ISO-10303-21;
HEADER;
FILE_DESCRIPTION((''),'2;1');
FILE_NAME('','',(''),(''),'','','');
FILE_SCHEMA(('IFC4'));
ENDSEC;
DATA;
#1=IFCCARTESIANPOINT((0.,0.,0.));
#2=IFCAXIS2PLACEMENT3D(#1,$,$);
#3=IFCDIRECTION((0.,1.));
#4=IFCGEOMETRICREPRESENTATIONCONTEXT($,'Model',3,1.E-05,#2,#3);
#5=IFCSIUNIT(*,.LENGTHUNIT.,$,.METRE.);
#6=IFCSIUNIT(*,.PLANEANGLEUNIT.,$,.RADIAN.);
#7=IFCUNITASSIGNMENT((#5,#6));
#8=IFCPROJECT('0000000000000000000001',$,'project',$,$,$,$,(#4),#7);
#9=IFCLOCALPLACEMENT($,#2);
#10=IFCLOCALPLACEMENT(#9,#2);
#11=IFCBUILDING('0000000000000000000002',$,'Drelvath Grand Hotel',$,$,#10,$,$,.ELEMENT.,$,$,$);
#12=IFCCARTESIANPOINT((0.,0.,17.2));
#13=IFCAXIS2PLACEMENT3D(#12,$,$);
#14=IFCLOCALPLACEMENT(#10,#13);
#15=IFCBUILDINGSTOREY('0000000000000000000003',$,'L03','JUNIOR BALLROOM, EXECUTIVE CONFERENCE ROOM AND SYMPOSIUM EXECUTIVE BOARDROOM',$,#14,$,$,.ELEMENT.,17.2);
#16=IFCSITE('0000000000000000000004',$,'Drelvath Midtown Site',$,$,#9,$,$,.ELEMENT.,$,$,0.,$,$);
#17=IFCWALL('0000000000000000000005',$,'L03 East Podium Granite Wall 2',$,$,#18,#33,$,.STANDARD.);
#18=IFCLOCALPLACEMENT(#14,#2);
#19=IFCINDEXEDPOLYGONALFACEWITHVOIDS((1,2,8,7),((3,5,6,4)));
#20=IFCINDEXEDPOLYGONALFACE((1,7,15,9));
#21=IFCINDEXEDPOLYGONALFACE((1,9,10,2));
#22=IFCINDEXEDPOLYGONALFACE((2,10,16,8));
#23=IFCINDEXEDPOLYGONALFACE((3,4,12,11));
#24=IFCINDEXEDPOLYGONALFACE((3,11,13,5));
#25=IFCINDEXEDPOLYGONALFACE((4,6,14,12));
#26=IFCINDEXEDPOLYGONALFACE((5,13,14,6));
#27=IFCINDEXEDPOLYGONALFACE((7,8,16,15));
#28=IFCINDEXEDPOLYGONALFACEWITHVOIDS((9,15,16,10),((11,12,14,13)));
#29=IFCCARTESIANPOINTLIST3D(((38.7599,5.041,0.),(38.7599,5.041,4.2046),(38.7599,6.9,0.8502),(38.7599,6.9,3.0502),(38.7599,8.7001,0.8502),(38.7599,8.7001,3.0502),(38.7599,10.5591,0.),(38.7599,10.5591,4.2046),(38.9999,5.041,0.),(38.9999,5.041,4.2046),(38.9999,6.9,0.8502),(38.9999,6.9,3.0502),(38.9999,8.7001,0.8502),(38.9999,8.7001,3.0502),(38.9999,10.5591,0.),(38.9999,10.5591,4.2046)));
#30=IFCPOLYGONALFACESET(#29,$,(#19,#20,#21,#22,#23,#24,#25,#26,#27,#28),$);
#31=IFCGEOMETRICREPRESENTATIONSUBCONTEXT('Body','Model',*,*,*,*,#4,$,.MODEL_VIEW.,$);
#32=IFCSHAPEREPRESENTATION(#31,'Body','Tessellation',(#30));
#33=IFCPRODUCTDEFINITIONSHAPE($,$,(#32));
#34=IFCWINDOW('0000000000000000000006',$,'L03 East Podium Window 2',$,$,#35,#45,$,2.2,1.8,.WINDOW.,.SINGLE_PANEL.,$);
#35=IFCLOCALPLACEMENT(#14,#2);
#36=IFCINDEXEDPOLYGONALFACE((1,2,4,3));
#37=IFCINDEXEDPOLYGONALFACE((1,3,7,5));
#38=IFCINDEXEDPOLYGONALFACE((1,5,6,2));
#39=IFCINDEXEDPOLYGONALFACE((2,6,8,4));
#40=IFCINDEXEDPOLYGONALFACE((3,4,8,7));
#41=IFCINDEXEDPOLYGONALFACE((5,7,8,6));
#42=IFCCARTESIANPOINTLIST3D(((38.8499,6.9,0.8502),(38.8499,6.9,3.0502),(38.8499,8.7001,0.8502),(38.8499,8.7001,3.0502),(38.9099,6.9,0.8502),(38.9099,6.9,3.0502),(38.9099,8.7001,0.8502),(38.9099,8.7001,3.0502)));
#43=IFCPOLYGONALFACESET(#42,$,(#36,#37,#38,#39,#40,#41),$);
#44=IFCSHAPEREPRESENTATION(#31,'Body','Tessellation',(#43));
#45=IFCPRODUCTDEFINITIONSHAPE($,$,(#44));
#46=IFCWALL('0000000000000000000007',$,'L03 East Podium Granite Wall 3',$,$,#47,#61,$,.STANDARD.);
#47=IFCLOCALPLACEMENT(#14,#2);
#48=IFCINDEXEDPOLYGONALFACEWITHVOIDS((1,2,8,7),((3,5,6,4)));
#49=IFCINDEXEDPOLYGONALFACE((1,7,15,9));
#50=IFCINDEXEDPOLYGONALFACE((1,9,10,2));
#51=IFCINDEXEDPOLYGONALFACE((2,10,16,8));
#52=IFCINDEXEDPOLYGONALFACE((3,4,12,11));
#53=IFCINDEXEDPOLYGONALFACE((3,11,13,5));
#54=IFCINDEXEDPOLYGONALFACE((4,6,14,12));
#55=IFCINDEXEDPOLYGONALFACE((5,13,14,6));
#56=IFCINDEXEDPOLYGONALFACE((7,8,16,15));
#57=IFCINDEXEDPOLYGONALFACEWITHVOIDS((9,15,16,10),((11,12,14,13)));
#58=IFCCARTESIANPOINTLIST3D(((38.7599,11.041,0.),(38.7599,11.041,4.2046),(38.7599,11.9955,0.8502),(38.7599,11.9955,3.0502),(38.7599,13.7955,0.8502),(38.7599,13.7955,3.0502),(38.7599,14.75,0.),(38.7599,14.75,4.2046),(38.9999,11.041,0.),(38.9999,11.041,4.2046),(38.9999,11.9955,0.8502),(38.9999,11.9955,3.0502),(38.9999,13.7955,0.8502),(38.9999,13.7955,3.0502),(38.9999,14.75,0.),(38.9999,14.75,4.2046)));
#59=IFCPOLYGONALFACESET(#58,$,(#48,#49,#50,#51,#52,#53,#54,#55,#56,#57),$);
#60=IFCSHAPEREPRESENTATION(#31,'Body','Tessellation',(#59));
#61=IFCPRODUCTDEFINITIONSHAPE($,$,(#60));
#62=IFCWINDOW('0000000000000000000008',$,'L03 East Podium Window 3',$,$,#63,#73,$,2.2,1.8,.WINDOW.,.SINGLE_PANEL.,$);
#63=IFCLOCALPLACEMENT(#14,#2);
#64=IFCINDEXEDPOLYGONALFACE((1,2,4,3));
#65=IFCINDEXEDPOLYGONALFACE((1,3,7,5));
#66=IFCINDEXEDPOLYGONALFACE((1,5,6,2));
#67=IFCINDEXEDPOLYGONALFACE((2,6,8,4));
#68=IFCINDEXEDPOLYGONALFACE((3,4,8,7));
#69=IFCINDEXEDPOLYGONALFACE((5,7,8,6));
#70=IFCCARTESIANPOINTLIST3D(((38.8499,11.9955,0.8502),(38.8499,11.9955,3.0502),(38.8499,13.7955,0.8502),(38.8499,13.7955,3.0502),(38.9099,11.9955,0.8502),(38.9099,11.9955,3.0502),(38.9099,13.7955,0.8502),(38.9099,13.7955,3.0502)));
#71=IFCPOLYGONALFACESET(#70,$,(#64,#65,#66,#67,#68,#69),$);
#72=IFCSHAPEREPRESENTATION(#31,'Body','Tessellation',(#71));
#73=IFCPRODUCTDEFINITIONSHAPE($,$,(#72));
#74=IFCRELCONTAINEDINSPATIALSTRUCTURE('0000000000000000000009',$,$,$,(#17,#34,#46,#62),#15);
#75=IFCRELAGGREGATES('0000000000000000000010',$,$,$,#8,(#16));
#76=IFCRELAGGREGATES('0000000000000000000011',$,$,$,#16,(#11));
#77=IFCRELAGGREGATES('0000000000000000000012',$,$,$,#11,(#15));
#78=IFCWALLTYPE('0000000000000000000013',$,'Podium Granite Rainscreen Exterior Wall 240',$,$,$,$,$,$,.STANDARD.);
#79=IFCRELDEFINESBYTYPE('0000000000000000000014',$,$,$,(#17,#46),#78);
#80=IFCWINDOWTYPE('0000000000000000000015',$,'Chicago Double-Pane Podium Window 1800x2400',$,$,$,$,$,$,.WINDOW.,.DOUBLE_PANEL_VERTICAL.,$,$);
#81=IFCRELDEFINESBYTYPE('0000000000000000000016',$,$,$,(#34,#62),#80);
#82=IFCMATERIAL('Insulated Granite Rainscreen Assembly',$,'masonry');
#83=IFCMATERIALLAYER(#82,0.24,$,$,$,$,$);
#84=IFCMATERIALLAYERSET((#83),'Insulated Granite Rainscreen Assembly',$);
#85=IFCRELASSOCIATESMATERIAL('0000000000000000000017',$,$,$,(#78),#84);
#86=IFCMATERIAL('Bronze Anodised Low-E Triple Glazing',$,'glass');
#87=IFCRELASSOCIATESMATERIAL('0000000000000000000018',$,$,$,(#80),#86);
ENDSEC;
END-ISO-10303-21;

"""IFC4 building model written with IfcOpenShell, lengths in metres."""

from ifc_helpers import new_model, si_unit, direction, frame, frame_2d, origin, place, context, subcontext, project, spatial, rectangle, extrude, material, layer, layer_set, type_object, element, fill, save


model = new_model("IFC4")

# Units and contexts
model_context = context("Model", 3, precision=1e-05, world=origin(), true_north=direction((0.0, 1.0)))
body_context = subcontext(model_context, "Body", "Model", "MODEL_VIEW")
ifc_project = project(units=[si_unit("LENGTHUNIT", "METRE"), si_unit("PLANEANGLEUNIT", "RADIAN")], contexts=[model_context])

# Site, building, storey
site_placement = place(None, origin())
site = spatial("IfcSite", under=ifc_project, at=site_placement, Name="Drelvath Midtown Site", CompositionType="ELEMENT", RefElevation=0.0)
building_placement = place(site_placement, origin())
building = spatial("IfcBuilding", under=site, at=building_placement, Name="Drelvath Grand Hotel", CompositionType="ELEMENT")
storey_placement = place(building_placement, frame((0.0, 0.0, 17.2)))
storey = spatial("IfcBuildingStorey", under=building, at=storey_placement, Name="L03", Description="JUNIOR BALLROOM, EXECUTIVE CONFERENCE ROOM AND SYMPOSIUM EXECUTIVE BOARDROOM", CompositionType="ELEMENT", Elevation=17.2)

# Walls, openings, windows
ifc_material_1 = material(Name="Insulated Granite Rainscreen Assembly", Category="masonry")
ifc_layer_1 = layer(ifc_material_1, 0.24)
ifc_layer_set_1 = layer_set([ifc_layer_1], Name="Insulated Granite Rainscreen Assembly")
wall_type_1 = type_object("IfcWallType", Name="Podium Granite Rainscreen Exterior Wall 240", PredefinedType="STANDARD", material=ifc_layer_set_1)
wall_1_placement = place(storey_placement, frame((38.8799, 10.5591, 0.0), z_axis=(0.0, 0.0, 1.0), x_axis=(0.0, -1.0, 0.0)))
wall_1 = element("IfcWall", 1, at=wall_1_placement, inside=storey, type_object=wall_type_1, Name="L03 East Podium Granite Wall 2", PredefinedType="STANDARD", context=body_context, shape_type="SweptSolid", body=[
    extrude(rectangle(XDim=5.5181, YDim=0.24, at=frame_2d((2.759, 0.0))), origin(), (0.0, 0.0, 1.0), 4.2046),
])
opening_1_placement = place(wall_1_placement, frame((1.8591, 0.0, 0.8501)))
opening_1 = element("IfcOpeningElement", 2, at=opening_1_placement, cuts=wall_1, PredefinedType="OPENING", context=body_context, shape_type="SweptSolid", body=[
    extrude(rectangle(XDim=1.8, YDim=2.2, at=frame_2d((0.8999, 1.1001))), frame((0.0, 0.1299, 0.0), z_axis=(0.0, -1.0, 0.0), x_axis=(1.0, 0.0, 0.0)), (0.0, 0.0, 1.0), 0.26),
])
ifc_material_2 = material(Name="Bronze Anodised Low-E Triple Glazing", Category="glass")
window_type = type_object("IfcWindowType", Name="Chicago Double-Pane Podium Window 1800x2400", PartitioningType="DOUBLE_PANEL_VERTICAL", PredefinedType="WINDOW", material=ifc_material_2)
window_1_placement = place(opening_1_placement, origin())
window_1 = element("IfcWindow", 3, at=window_1_placement, inside=storey, type_object=window_type, Name="L03 East Podium Window 2", OverallHeight=2.2, OverallWidth=1.8, PartitioningType="SINGLE_PANEL", PredefinedType="WINDOW", context=body_context, shape_type="SweptSolid", body=[
    extrude(rectangle(XDim=1.8, YDim=2.2, at=frame_2d((0.8999, 1.1001))), frame((0.0, 0.03, 0.0), z_axis=(0.0, -1.0, 0.0), x_axis=(1.0, 0.0, 0.0)), (0.0, 0.0, 1.0), 0.0601),
])
fill(opening_1, window_1)
wall_2_placement = place(storey_placement, frame((38.8799, 14.75, 0.0), z_axis=(0.0, 0.0, 1.0), x_axis=(0.0, -1.0, 0.0)))
wall_2 = element("IfcWall", 4, at=wall_2_placement, inside=storey, type_object=wall_type_1, Name="L03 East Podium Granite Wall 3", PredefinedType="STANDARD", context=body_context, shape_type="SweptSolid", body=[
    extrude(rectangle(XDim=3.709, YDim=0.24, at=frame_2d((1.8545, 0.0))), origin(), (0.0, 0.0, 1.0), 4.2046),
])
opening_2_placement = place(wall_2_placement, frame((0.9546, 0.0, 0.8501)))
opening_2 = element("IfcOpeningElement", 5, at=opening_2_placement, cuts=wall_2, PredefinedType="OPENING", context=body_context, shape_type="SweptSolid", body=[
    extrude(rectangle(XDim=1.8, YDim=2.2, at=frame_2d((0.8999, 1.1001))), frame((0.0, 0.1299, 0.0), z_axis=(0.0, -1.0, 0.0), x_axis=(1.0, 0.0, 0.0)), (0.0, 0.0, 1.0), 0.26),
])
window_2_placement = place(opening_2_placement, origin())
window_2 = element("IfcWindow", 6, at=window_2_placement, inside=storey, type_object=window_type, Name="L03 East Podium Window 3", OverallHeight=2.2, OverallWidth=1.8, PartitioningType="SINGLE_PANEL", PredefinedType="WINDOW", context=body_context, shape_type="SweptSolid", body=[
    extrude(rectangle(XDim=1.8, YDim=2.2, at=frame_2d((0.8999, 1.1001))), frame((0.0, 0.03, 0.0), z_axis=(0.0, -1.0, 0.0), x_axis=(1.0, 0.0, 0.0)), (0.0, 0.0, 1.0), 0.0601),
])
fill(opening_2, window_2)

save(model, "model.ifc")
